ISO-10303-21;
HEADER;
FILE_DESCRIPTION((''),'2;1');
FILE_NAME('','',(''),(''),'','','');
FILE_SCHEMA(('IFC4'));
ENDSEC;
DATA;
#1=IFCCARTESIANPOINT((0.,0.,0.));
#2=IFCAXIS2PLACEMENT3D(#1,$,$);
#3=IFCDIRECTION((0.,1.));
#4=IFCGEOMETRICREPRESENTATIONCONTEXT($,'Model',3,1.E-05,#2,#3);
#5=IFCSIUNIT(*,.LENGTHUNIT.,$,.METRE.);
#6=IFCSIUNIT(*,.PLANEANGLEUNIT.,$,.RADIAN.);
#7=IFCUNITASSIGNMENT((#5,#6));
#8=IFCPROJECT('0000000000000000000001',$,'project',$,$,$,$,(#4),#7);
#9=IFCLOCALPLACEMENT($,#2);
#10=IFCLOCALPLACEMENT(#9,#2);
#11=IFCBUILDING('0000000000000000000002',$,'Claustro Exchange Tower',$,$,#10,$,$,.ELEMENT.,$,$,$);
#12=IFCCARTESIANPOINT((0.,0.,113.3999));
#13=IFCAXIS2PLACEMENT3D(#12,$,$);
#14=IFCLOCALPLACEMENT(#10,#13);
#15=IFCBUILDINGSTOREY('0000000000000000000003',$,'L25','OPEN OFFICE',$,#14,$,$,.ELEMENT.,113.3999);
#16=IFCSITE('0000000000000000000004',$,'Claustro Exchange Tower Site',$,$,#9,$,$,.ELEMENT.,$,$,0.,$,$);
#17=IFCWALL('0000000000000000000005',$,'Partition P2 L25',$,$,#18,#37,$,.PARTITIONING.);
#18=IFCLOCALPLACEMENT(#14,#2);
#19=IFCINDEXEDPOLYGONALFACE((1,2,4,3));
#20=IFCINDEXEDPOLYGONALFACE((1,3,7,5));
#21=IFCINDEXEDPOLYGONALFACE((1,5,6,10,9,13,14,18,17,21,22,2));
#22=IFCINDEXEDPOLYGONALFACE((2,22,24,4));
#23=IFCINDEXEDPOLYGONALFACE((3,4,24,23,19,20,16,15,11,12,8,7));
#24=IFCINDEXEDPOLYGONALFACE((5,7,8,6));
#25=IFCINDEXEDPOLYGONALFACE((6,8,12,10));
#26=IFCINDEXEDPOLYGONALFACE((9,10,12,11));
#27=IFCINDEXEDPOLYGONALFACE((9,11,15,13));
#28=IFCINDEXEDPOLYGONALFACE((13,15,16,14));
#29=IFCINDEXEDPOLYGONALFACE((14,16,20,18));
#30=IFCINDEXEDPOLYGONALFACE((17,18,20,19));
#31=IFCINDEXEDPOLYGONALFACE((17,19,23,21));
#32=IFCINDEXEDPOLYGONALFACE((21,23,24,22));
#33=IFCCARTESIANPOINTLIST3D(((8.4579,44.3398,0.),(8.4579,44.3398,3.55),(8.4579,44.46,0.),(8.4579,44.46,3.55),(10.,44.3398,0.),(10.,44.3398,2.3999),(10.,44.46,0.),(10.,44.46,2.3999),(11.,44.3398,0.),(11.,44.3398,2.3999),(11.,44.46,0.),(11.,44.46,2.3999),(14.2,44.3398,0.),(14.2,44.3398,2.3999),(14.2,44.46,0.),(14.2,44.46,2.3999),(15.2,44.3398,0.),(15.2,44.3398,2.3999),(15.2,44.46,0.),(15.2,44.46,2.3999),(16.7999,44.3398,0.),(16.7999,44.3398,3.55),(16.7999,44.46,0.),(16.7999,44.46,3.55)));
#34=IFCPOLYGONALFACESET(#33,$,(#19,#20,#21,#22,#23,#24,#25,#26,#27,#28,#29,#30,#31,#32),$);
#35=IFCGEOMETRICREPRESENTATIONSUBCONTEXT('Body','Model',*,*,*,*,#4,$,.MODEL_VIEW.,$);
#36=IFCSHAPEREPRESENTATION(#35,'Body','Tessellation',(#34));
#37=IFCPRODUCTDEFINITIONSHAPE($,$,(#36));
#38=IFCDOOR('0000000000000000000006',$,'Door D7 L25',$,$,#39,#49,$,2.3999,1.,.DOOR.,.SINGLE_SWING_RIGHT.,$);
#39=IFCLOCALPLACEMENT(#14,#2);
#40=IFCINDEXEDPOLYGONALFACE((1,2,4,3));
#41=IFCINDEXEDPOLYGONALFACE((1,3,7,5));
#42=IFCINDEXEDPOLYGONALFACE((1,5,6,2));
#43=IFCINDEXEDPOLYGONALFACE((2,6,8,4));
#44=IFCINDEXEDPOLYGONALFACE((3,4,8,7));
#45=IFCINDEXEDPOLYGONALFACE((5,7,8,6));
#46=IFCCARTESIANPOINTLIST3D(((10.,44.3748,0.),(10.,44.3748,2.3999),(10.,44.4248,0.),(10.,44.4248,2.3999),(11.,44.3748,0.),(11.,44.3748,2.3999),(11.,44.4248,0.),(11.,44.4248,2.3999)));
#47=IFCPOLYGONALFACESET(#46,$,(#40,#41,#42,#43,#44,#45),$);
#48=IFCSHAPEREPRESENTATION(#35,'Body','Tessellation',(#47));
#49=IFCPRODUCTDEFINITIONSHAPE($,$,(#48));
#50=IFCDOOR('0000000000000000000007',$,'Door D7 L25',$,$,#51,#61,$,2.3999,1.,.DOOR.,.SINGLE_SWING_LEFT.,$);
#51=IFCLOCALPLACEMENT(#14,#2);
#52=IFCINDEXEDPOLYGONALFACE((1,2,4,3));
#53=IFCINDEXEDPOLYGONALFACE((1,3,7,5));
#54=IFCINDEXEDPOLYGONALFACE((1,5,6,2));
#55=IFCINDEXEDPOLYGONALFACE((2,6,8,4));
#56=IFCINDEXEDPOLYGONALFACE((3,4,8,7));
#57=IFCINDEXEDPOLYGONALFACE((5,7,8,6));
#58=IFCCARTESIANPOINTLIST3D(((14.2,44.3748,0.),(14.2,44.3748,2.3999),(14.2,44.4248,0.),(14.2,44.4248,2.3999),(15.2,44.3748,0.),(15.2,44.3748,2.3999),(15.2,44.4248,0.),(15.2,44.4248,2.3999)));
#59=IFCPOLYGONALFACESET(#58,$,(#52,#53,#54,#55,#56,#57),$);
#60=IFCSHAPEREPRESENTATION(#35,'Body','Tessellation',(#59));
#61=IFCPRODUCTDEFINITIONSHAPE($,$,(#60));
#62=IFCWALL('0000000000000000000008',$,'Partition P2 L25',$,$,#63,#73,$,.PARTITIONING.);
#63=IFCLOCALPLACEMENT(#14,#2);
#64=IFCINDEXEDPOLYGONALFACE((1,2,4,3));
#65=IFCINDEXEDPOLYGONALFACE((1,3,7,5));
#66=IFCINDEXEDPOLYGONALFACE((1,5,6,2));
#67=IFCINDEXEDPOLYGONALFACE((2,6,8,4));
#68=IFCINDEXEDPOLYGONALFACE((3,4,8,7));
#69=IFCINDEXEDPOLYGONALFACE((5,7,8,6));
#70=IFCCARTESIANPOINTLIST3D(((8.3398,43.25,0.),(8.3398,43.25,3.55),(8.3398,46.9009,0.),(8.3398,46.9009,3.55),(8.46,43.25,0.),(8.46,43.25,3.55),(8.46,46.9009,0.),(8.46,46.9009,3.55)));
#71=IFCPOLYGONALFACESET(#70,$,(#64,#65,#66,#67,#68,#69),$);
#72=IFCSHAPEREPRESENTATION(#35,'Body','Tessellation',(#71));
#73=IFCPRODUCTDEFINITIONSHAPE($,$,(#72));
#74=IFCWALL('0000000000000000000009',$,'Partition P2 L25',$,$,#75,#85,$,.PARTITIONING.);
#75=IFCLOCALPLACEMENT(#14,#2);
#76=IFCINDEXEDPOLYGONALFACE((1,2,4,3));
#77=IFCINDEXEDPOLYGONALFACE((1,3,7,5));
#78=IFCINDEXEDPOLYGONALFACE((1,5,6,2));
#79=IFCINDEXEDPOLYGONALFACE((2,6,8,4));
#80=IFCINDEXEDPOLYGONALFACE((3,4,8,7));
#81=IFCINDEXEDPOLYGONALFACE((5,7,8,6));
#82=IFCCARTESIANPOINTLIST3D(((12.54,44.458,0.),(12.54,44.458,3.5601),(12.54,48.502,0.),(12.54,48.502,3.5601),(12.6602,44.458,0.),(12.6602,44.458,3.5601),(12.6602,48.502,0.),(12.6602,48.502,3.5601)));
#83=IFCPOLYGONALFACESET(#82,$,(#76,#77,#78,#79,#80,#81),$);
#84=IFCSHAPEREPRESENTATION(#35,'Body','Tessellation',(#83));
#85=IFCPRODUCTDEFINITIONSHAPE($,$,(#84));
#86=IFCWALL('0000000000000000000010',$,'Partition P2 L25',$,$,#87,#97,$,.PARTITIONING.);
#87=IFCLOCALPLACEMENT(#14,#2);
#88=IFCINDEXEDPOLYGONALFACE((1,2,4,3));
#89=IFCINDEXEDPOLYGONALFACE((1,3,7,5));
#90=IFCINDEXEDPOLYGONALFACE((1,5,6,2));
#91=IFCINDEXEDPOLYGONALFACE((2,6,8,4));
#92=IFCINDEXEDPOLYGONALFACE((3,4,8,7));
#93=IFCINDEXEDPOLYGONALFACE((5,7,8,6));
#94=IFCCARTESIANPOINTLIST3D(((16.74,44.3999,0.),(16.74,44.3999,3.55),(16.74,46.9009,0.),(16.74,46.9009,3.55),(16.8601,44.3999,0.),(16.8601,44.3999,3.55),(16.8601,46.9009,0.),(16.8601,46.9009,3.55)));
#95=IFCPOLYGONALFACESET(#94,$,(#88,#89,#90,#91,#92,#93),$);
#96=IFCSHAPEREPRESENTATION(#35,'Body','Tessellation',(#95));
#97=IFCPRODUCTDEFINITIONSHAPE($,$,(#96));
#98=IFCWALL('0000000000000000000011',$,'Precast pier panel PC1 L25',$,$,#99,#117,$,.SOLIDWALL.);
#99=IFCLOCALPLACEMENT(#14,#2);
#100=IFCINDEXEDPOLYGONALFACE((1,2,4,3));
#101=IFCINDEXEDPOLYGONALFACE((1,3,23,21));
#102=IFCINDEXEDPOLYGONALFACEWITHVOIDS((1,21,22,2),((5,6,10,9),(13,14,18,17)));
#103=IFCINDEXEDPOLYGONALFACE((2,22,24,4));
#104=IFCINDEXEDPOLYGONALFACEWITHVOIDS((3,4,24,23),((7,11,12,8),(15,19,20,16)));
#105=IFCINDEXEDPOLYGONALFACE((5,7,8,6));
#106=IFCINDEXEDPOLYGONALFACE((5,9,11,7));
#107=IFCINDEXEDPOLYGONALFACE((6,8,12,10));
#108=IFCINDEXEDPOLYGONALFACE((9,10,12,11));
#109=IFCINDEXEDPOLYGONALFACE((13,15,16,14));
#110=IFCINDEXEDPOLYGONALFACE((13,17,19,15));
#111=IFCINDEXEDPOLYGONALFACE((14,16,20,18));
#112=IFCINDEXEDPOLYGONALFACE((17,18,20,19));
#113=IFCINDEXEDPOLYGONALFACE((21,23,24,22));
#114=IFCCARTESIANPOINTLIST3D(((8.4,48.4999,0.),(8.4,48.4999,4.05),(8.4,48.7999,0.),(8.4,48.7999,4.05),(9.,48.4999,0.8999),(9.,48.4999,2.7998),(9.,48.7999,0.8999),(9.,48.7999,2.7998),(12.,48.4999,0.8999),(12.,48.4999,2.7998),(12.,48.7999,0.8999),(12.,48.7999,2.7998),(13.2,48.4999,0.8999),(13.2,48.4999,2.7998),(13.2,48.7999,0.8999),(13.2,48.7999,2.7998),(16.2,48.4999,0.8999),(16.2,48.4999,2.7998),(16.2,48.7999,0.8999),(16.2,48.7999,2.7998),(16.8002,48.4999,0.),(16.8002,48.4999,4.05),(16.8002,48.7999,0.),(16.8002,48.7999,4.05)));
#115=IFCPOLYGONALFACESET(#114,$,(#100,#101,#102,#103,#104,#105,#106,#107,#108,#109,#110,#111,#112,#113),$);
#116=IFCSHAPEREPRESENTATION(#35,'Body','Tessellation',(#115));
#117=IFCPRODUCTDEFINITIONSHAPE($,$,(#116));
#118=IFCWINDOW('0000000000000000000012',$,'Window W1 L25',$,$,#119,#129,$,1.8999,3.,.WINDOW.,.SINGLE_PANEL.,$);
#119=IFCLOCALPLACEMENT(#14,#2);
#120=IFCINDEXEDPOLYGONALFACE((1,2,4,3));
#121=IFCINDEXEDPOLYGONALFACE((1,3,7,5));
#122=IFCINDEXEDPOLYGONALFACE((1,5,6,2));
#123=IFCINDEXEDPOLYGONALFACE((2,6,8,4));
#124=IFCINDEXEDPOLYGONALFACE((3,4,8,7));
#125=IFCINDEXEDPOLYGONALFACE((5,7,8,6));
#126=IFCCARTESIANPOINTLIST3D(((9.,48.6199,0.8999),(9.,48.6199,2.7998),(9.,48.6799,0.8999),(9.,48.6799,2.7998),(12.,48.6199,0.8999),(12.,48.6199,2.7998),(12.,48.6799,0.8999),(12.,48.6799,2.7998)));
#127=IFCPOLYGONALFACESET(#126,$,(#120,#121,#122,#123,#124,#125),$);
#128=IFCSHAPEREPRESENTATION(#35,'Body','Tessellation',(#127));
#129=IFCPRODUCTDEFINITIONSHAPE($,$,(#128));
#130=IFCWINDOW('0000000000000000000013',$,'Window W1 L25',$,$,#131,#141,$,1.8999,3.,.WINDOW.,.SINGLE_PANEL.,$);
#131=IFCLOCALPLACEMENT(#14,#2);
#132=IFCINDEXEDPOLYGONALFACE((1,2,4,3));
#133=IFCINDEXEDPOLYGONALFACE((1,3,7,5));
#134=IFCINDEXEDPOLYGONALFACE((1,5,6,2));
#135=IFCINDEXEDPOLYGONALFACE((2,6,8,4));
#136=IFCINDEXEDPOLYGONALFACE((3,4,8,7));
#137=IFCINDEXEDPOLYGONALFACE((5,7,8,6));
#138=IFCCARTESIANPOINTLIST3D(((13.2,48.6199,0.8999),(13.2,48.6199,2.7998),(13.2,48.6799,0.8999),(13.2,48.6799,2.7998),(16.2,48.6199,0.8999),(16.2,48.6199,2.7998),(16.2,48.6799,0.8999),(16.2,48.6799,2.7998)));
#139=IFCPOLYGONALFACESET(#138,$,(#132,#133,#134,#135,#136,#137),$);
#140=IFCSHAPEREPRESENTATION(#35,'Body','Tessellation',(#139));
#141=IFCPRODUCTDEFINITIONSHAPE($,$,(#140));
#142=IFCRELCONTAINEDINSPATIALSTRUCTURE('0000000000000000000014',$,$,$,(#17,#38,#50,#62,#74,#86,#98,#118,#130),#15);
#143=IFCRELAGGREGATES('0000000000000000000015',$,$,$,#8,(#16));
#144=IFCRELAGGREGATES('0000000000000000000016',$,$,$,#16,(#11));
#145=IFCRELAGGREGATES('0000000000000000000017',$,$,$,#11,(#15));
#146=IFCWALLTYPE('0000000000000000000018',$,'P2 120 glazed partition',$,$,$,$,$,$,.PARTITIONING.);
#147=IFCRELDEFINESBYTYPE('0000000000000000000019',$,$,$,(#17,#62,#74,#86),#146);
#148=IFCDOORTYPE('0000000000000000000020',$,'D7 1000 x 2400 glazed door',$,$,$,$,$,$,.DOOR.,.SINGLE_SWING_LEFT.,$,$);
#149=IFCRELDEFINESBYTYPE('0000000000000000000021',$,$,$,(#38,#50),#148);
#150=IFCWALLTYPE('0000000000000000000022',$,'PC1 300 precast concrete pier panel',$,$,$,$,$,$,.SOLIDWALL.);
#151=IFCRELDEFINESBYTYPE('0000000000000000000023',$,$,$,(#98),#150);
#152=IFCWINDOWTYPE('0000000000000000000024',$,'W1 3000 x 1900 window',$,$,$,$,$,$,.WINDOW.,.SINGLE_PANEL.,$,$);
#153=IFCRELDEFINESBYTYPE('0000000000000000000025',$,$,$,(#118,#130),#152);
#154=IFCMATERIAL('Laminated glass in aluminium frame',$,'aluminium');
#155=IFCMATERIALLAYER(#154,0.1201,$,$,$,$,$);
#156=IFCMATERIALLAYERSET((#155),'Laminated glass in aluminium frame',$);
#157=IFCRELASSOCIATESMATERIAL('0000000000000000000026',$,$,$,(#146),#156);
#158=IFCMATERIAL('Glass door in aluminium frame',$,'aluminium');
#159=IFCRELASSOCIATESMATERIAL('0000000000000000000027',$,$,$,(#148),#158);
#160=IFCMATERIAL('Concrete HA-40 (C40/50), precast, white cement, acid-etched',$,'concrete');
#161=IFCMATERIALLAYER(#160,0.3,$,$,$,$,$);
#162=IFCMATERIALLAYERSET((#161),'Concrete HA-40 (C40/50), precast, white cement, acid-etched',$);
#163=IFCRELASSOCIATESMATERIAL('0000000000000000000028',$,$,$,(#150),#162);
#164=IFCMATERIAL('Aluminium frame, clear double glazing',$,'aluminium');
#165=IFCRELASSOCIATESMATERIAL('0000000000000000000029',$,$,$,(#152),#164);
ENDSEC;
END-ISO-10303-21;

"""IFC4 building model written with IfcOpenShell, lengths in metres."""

from ifc_helpers import new_model, si_unit, direction, frame, frame_2d, origin, place, context, subcontext, project, spatial, rectangle, extrude, material, layer, layer_set, type_object, element, fill, save


model = new_model("IFC4")

# Units and contexts
model_context = context("Model", 3, precision=1e-05, world=origin(), true_north=direction((0.0, 1.0)))
body_context = subcontext(model_context, "Body", "Model", "MODEL_VIEW")
ifc_project = project(units=[si_unit("LENGTHUNIT", "METRE"), si_unit("PLANEANGLEUNIT", "RADIAN")], contexts=[model_context])

# Site, building, storey
site_placement = place(None, origin())
site = spatial("IfcSite", under=ifc_project, at=site_placement, Name="Claustro Exchange Tower Site", CompositionType="ELEMENT", RefElevation=0.0)
building_placement = place(site_placement, origin())
building = spatial("IfcBuilding", under=site, at=building_placement, Name="Claustro Exchange Tower", CompositionType="ELEMENT")
storey_placement = place(building_placement, frame((0.0, 0.0, 113.3999)))
storey = spatial("IfcBuildingStorey", under=building, at=storey_placement, Name="L25", Description="OPEN OFFICE", CompositionType="ELEMENT", Elevation=113.3999)

# Wall, openings, doors
ifc_material_1 = material(Name="Laminated glass in aluminium frame", Category="aluminium")
ifc_layer_1 = layer(ifc_material_1, 0.1201)
ifc_layer_set_1 = layer_set([ifc_layer_1], Name="Laminated glass in aluminium frame")
wall_type_1 = type_object("IfcWallType", Name="P2 120 glazed partition", PredefinedType="PARTITIONING", material=ifc_layer_set_1)
wall_1_placement = place(storey_placement, frame((8.458, 44.3999, 0.0), z_axis=(0.0, 0.0, 1.0), x_axis=(1.0, 0.0, 0.0)))
wall_1 = element("IfcWall", 1, at=wall_1_placement, inside=storey, type_object=wall_type_1, Name="Partition P2 L25", PredefinedType="PARTITIONING", context=body_context, shape_type="SweptSolid", body=[
    extrude(rectangle(XDim=8.342, YDim=0.1201, at=frame_2d((4.1709, 0.0))), origin(), (0.0, 0.0, 1.0), 3.55),
])
opening_1_placement = place(wall_1_placement, frame((1.542, 0.0, 0.0)))
opening_1 = element("IfcOpeningElement", 2, at=opening_1_placement, cuts=wall_1, PredefinedType="OPENING", context=body_context, shape_type="SweptSolid", body=[
    extrude(rectangle(XDim=1.0, YDim=2.3999, at=frame_2d((0.5, 1.2))), frame((0.0, 0.0701, 0.0), z_axis=(0.0, -1.0, 0.0), x_axis=(1.0, 0.0, 0.0)), (0.0, 0.0, 1.0), 0.1401),
])
opening_2_placement = place(wall_1_placement, frame((5.7419, 0.0, 0.0)))
opening_2 = element("IfcOpeningElement", 3, at=opening_2_placement, cuts=wall_1, PredefinedType="OPENING", context=body_context, shape_type="SweptSolid", body=[
    extrude(rectangle(XDim=1.0, YDim=2.3999, at=frame_2d((0.5, 1.2))), frame((0.0, 0.0701, 0.0), z_axis=(0.0, -1.0, 0.0), x_axis=(1.0, 0.0, 0.0)), (0.0, 0.0, 1.0), 0.1401),
])
ifc_material_2 = material(Name="Glass door in aluminium frame", Category="aluminium")
door_type = type_object("IfcDoorType", Name="D7 1000 x 2400 glazed door", OperationType="SINGLE_SWING_LEFT", PredefinedType="DOOR", material=ifc_material_2)
door_1_placement = place(opening_1_placement, origin())
door_1 = element("IfcDoor", 4, at=door_1_placement, inside=storey, type_object=door_type, Name="Door D7 L25", OperationType="SINGLE_SWING_RIGHT", OverallHeight=2.3999, OverallWidth=1.0, PredefinedType="DOOR", context=body_context, shape_type="SweptSolid", body=[
    extrude(rectangle(XDim=1.0, YDim=2.3999, at=frame_2d((0.5, 1.2))), frame((0.0, 0.0249, 0.0), z_axis=(0.0, -1.0, 0.0), x_axis=(1.0, 0.0, 0.0)), (0.0, 0.0, 1.0), 0.05),
])
fill(opening_1, door_1)
door_2_placement = place(opening_2_placement, origin())
door_2 = element("IfcDoor", 5, at=door_2_placement, inside=storey, type_object=door_type, Name="Door D7 L25", OperationType="SINGLE_SWING_LEFT", OverallHeight=2.3999, OverallWidth=1.0, PredefinedType="DOOR", context=body_context, shape_type="SweptSolid", body=[
    extrude(rectangle(XDim=1.0, YDim=2.3999, at=frame_2d((0.5, 1.2))), frame((0.0, 0.0249, 0.0), z_axis=(0.0, -1.0, 0.0), x_axis=(1.0, 0.0, 0.0)), (0.0, 0.0, 1.0), 0.05),
])
fill(opening_2, door_2)

# Walls
wall_2_placement = place(storey_placement, frame((8.3999, 43.25, 0.0), z_axis=(0.0, 0.0, 1.0), x_axis=(0.0, 1.0, 0.0)))
element("IfcWall", 6, at=wall_2_placement, inside=storey, type_object=wall_type_1, Name="Partition P2 L25", PredefinedType="PARTITIONING", context=body_context, shape_type="SweptSolid", body=[
    extrude(rectangle(XDim=3.6509, YDim=0.1201, at=frame_2d((1.8254, 0.0))), origin(), (0.0, 0.0, 1.0), 3.55),
])
wall_3_placement = place(storey_placement, frame((12.6001, 44.458, 0.0), z_axis=(0.0, 0.0, 1.0), x_axis=(0.0, 1.0, 0.0)))
element("IfcWall", 7, at=wall_3_placement, inside=storey, type_object=wall_type_1, Name="Partition P2 L25", PredefinedType="PARTITIONING", context=body_context, shape_type="SweptSolid", body=[
    extrude(rectangle(XDim=4.0439, YDim=0.1201, at=frame_2d((2.022, 0.0))), origin(), (0.0, 0.0, 1.0), 3.5601),
])
wall_4_placement = place(storey_placement, frame((16.8, 44.3999, 0.0), z_axis=(0.0, 0.0, 1.0), x_axis=(0.0, 1.0, 0.0)))
element("IfcWall", 8, at=wall_4_placement, inside=storey, type_object=wall_type_1, Name="Partition P2 L25", PredefinedType="PARTITIONING", context=body_context, shape_type="SweptSolid", body=[
    extrude(rectangle(XDim=2.501, YDim=0.1201, at=frame_2d((1.2505, 0.0))), origin(), (0.0, 0.0, 1.0), 3.55),
])

# Wall, openings, windows
ifc_material_3 = material(Name="Concrete HA-40 (C40/50), precast, white cement, acid-etched", Category="concrete")
ifc_layer_2 = layer(ifc_material_3, 0.3)
ifc_layer_set_2 = layer_set([ifc_layer_2], Name="Concrete HA-40 (C40/50), precast, white cement, acid-etched")
wall_type_2 = type_object("IfcWallType", Name="PC1 300 precast concrete pier panel", PredefinedType="SOLIDWALL", material=ifc_layer_set_2)
wall_5_placement = place(storey_placement, frame((8.3999, 48.6499, 0.0), z_axis=(0.0, 0.0, 1.0), x_axis=(1.0, 0.0, 0.0)))
wall_5 = element("IfcWall", 9, at=wall_5_placement, inside=storey, type_object=wall_type_2, Name="Precast pier panel PC1 L25", PredefinedType="SOLIDWALL", context=body_context, shape_type="SweptSolid", body=[
    extrude(rectangle(XDim=8.4001, YDim=0.3, at=frame_2d((4.2002, 0.0))), origin(), (0.0, 0.0, 1.0), 4.05),
])
opening_3_placement = place(wall_5_placement, frame((0.6001, 0.0, 0.8999)))
opening_3 = element("IfcOpeningElement", 10, at=opening_3_placement, cuts=wall_5, PredefinedType="OPENING", context=body_context, shape_type="SweptSolid", body=[
    extrude(rectangle(XDim=3.0, YDim=1.8999, at=frame_2d((1.5, 0.95))), frame((0.0, 0.1599, 0.0), z_axis=(0.0, -1.0, 0.0), x_axis=(1.0, 0.0, 0.0)), (0.0, 0.0, 1.0), 0.3201),
])
opening_4_placement = place(wall_5_placement, frame((4.8, 0.0, 0.8999)))
opening_4 = element("IfcOpeningElement", 11, at=opening_4_placement, cuts=wall_5, PredefinedType="OPENING", context=body_context, shape_type="SweptSolid", body=[
    extrude(rectangle(XDim=3.0, YDim=1.8999, at=frame_2d((1.5, 0.95))), frame((0.0, 0.1599, 0.0), z_axis=(0.0, -1.0, 0.0), x_axis=(1.0, 0.0, 0.0)), (0.0, 0.0, 1.0), 0.3201),
])
ifc_material_4 = material(Name="Aluminium frame, clear double glazing", Category="aluminium")
window_type = type_object("IfcWindowType", Name="W1 3000 x 1900 window", PartitioningType="SINGLE_PANEL", PredefinedType="WINDOW", material=ifc_material_4)
window_1_placement = place(opening_3_placement, origin())
window_1 = element("IfcWindow", 12, at=window_1_placement, inside=storey, type_object=window_type, Name="Window W1 L25", OverallHeight=1.8999, OverallWidth=3.0, PartitioningType="SINGLE_PANEL", PredefinedType="WINDOW", context=body_context, shape_type="SweptSolid", body=[
    extrude(rectangle(XDim=3.0, YDim=1.8999, at=frame_2d((1.5, 0.95))), frame((0.0, 0.03, 0.0), z_axis=(0.0, -1.0, 0.0), x_axis=(1.0, 0.0, 0.0)), (0.0, 0.0, 1.0), 0.0601),
])
fill(opening_3, window_1)
window_2_placement = place(opening_4_placement, origin())
window_2 = element("IfcWindow", 13, at=window_2_placement, inside=storey, type_object=window_type, Name="Window W1 L25", OverallHeight=1.8999, OverallWidth=3.0, PartitioningType="SINGLE_PANEL", PredefinedType="WINDOW", context=body_context, shape_type="SweptSolid", body=[
    extrude(rectangle(XDim=3.0, YDim=1.8999, at=frame_2d((1.5, 0.95))), frame((0.0, 0.03, 0.0), z_axis=(0.0, -1.0, 0.0), x_axis=(1.0, 0.0, 0.0)), (0.0, 0.0, 1.0), 0.0601),
])
fill(opening_4, window_2)

save(model, "model.ifc")
